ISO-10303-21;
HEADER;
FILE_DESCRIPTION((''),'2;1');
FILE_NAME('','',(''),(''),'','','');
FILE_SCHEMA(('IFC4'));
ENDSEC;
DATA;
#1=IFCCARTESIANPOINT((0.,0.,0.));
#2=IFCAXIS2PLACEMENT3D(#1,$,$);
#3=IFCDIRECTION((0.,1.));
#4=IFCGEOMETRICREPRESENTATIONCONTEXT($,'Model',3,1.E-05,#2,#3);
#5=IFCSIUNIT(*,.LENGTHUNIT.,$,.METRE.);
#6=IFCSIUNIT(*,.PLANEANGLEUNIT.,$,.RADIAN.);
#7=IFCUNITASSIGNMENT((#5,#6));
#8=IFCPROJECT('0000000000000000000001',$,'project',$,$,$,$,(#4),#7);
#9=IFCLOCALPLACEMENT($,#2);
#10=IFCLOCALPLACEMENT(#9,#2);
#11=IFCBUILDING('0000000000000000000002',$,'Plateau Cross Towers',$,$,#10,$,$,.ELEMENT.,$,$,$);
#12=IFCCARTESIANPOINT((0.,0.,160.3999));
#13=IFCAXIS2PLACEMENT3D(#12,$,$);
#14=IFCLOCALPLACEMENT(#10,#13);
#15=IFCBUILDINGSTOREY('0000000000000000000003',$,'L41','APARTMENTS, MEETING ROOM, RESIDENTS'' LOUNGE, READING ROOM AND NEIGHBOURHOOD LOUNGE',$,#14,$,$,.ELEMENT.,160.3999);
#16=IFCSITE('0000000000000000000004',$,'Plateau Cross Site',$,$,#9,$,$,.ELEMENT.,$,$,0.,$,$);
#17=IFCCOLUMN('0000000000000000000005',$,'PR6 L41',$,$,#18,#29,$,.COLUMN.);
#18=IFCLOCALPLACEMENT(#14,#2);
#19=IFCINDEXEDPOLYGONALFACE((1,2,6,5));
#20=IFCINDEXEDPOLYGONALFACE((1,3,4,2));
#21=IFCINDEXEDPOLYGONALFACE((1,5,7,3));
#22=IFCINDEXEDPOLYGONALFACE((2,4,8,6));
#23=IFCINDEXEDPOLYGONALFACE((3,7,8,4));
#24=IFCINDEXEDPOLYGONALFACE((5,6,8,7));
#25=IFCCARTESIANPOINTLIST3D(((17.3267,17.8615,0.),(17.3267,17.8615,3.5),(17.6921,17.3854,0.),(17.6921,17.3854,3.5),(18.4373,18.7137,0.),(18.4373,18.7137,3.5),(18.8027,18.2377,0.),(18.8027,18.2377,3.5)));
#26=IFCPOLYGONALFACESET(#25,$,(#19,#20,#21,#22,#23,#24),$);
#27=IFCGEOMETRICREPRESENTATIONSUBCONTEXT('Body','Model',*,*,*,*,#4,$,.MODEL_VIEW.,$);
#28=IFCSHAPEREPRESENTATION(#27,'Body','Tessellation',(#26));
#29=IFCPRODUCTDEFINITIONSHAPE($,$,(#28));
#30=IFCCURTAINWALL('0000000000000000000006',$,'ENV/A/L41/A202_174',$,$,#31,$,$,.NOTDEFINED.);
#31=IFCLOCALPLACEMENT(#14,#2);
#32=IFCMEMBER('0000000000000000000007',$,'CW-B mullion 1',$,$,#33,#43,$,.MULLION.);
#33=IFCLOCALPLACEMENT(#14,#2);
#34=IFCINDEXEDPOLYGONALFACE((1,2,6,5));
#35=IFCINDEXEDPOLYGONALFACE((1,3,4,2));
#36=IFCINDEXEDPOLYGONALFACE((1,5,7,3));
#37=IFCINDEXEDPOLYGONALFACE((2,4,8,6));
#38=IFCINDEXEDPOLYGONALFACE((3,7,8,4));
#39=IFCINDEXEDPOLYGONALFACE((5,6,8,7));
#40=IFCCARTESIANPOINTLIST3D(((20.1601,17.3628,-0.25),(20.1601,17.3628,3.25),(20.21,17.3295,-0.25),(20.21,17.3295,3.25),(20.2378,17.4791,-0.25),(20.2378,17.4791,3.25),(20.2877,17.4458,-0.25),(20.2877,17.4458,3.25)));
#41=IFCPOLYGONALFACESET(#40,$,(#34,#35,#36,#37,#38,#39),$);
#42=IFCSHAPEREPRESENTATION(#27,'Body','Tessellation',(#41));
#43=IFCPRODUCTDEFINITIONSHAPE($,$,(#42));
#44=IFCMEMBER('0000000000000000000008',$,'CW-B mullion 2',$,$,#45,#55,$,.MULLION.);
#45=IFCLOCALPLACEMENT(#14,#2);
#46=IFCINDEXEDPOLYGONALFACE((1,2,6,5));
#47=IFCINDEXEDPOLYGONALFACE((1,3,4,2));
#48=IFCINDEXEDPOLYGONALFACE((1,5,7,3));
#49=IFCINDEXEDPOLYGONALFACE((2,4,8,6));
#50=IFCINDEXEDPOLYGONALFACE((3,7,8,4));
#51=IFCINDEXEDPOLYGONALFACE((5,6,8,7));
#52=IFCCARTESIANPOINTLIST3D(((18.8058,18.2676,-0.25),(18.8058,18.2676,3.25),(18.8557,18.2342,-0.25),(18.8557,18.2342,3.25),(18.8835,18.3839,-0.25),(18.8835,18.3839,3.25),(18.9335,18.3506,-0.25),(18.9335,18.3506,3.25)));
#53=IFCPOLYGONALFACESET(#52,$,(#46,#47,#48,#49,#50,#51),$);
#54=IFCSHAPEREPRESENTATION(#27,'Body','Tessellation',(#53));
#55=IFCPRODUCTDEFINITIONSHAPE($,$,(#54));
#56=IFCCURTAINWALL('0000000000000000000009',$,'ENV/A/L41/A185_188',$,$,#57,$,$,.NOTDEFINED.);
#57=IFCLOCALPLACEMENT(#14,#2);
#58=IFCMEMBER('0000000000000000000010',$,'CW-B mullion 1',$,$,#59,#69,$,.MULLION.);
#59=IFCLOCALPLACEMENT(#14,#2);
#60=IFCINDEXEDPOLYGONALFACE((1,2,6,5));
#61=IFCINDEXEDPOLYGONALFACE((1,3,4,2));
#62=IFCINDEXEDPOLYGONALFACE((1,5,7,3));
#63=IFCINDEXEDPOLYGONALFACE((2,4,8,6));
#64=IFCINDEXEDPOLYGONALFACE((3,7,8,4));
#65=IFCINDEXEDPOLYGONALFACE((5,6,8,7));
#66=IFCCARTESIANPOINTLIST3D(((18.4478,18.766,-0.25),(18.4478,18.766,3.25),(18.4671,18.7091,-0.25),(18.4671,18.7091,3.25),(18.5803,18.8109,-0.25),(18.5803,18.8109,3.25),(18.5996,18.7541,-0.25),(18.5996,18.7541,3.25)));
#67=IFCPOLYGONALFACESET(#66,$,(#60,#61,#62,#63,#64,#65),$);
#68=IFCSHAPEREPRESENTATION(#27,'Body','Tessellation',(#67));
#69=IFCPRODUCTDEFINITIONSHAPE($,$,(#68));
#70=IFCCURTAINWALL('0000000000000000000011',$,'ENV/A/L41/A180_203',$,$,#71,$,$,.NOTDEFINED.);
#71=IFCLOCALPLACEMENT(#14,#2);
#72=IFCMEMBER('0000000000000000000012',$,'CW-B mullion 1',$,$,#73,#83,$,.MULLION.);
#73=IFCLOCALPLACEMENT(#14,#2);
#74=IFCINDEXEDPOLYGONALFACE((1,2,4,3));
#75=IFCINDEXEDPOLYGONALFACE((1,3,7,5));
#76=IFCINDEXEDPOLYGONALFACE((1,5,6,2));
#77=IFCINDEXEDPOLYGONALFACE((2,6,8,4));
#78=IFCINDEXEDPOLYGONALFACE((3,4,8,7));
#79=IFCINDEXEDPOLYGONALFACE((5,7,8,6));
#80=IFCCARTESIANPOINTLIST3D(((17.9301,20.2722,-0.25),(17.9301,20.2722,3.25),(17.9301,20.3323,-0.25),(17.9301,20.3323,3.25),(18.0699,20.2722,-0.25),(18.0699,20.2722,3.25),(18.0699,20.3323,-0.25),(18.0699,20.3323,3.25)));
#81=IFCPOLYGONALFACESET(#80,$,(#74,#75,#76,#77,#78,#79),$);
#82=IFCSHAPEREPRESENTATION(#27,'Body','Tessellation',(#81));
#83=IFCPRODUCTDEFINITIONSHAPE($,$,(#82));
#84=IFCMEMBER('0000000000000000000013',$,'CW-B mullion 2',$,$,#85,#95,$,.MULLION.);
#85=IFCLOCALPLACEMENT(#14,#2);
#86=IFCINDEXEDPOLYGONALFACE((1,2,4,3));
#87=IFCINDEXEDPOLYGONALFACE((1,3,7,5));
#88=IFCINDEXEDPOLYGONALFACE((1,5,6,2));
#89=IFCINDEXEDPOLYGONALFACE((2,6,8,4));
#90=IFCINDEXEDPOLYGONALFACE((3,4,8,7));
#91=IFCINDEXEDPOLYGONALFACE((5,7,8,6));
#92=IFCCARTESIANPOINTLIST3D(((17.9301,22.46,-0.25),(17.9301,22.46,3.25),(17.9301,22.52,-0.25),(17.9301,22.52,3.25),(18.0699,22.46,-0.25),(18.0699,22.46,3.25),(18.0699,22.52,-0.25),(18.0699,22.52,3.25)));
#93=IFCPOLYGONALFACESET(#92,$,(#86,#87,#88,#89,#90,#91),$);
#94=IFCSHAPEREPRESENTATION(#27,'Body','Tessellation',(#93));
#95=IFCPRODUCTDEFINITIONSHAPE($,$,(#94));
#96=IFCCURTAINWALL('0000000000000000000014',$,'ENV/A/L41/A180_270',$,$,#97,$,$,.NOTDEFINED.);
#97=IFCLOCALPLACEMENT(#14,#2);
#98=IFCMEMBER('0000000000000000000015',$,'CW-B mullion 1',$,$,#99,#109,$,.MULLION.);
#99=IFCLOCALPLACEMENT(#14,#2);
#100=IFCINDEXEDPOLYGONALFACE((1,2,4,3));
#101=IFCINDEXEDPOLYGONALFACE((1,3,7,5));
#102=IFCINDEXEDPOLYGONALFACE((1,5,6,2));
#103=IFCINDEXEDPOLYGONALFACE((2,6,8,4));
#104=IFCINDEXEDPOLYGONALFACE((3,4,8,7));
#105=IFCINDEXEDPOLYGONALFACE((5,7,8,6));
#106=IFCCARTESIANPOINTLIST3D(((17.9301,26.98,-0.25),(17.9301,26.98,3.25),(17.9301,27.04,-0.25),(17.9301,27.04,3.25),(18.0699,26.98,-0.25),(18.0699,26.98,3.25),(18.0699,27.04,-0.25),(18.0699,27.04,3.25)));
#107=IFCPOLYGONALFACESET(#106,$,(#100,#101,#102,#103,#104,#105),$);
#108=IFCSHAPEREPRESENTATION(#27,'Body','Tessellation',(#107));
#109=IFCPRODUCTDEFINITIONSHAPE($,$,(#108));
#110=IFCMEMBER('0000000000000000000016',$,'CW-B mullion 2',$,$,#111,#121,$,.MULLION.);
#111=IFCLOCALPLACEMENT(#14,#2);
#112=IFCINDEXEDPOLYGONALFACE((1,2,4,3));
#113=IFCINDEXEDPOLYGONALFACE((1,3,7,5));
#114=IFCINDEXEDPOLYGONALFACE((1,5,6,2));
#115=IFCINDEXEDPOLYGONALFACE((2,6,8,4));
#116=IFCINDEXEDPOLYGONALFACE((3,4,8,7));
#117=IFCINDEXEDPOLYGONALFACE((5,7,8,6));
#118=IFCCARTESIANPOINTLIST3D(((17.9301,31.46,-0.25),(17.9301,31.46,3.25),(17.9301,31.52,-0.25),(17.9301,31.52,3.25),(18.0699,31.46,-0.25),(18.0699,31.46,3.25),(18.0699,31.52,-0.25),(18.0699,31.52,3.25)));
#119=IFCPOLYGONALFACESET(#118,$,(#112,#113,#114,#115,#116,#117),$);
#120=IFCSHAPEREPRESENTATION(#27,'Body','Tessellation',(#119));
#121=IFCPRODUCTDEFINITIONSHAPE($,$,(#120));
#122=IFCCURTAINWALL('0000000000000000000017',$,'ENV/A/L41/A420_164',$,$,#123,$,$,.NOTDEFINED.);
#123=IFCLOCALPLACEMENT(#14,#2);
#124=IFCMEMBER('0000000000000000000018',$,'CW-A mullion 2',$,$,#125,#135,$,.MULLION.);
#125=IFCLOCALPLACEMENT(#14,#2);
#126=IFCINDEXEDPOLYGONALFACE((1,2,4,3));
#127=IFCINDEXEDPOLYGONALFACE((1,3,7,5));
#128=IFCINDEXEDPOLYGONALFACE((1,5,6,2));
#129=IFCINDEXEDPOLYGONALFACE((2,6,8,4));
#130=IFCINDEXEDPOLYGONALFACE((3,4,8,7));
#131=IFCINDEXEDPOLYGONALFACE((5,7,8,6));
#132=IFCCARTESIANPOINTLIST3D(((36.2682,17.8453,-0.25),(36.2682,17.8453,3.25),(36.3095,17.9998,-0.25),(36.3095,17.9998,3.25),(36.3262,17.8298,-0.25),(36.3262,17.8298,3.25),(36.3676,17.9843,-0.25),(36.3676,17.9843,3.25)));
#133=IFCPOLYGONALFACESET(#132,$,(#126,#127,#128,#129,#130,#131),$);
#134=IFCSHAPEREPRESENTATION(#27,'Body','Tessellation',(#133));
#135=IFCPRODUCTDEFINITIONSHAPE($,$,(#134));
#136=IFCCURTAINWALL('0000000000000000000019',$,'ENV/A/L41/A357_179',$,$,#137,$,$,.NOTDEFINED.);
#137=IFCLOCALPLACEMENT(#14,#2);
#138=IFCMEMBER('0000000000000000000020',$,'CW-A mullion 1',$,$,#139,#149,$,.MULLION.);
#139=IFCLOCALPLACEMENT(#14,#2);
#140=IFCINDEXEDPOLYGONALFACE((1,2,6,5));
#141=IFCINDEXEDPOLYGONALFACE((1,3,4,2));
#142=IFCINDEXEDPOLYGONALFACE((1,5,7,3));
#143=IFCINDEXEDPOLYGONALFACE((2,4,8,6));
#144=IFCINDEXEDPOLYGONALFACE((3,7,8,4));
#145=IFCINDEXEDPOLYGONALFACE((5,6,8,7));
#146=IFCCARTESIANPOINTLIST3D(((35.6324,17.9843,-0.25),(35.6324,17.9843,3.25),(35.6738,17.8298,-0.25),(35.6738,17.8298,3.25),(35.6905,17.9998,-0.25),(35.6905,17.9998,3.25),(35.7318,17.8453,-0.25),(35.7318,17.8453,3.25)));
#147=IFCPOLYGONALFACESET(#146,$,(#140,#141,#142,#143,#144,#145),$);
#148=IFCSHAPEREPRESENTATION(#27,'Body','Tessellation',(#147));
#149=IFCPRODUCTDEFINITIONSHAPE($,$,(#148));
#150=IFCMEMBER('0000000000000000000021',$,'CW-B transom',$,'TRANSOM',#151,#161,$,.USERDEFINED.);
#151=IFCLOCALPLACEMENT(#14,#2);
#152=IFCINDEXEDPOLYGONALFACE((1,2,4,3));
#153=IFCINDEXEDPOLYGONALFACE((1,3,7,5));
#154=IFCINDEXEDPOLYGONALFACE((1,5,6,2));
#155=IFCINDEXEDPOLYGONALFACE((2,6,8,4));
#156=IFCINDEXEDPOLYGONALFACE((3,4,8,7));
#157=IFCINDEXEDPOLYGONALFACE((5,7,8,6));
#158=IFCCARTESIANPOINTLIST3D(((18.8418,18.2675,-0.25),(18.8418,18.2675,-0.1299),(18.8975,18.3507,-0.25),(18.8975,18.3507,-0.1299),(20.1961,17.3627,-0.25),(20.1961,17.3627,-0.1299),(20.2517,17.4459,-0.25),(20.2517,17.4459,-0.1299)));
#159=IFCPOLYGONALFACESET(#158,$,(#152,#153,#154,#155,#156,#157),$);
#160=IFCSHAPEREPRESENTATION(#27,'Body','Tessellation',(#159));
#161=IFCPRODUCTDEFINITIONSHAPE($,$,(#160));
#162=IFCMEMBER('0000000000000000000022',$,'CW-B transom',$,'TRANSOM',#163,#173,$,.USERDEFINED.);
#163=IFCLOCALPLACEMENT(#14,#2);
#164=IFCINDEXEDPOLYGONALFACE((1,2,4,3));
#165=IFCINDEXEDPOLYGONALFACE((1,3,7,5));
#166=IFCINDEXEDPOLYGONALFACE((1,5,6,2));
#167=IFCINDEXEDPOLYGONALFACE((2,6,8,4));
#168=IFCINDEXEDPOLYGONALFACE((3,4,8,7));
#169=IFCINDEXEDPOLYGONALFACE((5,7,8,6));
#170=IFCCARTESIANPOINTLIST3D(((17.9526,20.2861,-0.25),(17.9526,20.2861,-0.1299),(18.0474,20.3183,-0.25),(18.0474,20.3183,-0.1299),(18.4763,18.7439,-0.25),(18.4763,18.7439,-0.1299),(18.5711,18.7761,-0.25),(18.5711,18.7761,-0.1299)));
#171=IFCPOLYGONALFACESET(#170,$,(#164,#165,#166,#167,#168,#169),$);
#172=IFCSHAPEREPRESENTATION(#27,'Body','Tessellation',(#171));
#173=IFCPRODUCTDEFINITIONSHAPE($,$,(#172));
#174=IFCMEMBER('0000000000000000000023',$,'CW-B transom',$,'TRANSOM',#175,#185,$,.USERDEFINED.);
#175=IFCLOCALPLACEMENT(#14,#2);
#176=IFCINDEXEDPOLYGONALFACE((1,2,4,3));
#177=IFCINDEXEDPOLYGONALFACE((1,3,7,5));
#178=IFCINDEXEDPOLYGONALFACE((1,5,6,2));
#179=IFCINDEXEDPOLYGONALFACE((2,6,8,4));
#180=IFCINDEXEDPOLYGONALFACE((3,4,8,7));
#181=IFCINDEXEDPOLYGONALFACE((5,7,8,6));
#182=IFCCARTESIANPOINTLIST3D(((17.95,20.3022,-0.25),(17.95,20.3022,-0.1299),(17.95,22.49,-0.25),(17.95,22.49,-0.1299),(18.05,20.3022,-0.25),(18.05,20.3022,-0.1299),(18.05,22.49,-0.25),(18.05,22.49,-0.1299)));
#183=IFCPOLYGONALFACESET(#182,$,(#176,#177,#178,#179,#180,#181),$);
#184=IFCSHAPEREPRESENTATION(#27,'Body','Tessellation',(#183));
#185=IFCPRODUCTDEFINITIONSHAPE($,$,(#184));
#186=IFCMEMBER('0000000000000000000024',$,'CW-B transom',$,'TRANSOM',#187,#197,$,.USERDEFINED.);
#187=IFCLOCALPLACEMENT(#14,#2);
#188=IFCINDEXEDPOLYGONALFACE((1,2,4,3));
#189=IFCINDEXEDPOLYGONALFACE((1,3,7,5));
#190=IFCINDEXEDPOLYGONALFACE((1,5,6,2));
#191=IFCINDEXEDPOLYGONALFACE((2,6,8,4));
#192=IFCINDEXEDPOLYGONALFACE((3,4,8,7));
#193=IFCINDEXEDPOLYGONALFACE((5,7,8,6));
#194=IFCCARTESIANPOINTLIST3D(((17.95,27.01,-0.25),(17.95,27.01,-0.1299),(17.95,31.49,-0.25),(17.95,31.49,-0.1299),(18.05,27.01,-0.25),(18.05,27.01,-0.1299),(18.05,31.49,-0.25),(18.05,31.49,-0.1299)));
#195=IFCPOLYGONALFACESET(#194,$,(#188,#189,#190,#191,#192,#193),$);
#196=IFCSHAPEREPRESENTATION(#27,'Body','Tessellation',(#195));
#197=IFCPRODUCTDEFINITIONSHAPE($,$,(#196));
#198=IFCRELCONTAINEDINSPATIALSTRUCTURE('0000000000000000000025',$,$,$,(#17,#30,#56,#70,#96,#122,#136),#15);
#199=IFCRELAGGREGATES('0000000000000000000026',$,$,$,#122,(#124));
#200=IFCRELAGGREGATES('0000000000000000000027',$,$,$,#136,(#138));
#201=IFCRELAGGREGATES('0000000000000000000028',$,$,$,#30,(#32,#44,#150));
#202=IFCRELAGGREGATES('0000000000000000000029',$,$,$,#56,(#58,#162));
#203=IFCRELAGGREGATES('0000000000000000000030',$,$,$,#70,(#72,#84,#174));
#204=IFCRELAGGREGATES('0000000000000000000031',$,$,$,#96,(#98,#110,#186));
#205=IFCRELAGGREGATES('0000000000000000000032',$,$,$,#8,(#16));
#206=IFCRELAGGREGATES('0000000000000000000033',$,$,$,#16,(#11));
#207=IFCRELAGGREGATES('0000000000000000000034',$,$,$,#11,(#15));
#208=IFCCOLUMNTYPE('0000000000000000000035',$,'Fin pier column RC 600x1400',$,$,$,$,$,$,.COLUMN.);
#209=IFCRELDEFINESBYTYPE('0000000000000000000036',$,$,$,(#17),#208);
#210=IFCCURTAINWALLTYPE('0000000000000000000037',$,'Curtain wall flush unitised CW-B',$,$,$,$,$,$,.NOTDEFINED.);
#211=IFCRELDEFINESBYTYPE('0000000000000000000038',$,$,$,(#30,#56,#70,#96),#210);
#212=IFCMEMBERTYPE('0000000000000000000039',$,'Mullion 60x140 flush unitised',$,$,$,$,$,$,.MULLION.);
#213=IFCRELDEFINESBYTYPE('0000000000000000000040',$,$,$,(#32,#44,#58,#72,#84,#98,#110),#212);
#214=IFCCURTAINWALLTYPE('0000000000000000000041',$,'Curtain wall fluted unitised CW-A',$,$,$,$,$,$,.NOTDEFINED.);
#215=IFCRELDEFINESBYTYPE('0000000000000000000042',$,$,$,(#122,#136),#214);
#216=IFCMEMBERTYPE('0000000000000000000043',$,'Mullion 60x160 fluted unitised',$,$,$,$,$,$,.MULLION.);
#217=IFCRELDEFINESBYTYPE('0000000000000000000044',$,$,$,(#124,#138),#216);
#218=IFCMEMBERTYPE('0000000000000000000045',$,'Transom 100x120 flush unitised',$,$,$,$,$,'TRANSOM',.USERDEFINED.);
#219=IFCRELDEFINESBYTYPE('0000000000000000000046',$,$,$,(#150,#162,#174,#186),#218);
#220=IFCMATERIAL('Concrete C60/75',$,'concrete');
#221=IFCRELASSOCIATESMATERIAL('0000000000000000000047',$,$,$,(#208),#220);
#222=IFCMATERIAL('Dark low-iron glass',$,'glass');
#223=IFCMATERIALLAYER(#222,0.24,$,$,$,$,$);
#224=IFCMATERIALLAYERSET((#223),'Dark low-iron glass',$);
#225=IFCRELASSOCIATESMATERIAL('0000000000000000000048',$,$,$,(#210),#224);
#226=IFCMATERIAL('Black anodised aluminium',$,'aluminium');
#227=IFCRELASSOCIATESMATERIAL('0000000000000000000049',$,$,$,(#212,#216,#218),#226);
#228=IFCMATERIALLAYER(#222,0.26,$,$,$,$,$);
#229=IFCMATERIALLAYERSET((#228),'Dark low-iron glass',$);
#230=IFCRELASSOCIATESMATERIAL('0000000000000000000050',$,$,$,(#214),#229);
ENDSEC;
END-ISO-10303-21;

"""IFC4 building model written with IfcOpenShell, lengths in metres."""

from ifc_helpers import new_model, si_unit, direction, frame, origin, origin_2d, place, context, subcontext, project, spatial, rectangle, extrude, material, layer, layer_set, material_profile, profile_set, type_object, element, aggregate, save


model = new_model("IFC4")

# Units and contexts
model_context = context("Model", 3, precision=1e-05, world=origin(), true_north=direction((0.0, 1.0)))
body_context = subcontext(model_context, "Body", "Model", "MODEL_VIEW")
ifc_project = project(units=[si_unit("LENGTHUNIT", "METRE"), si_unit("PLANEANGLEUNIT", "RADIAN")], contexts=[model_context])

# Site, building, storey
site_placement = place(None, origin())
site = spatial("IfcSite", under=ifc_project, at=site_placement, Name="Plateau Cross Site", CompositionType="ELEMENT", RefElevation=0.0)
building_placement = place(site_placement, origin())
building = spatial("IfcBuilding", under=site, at=building_placement, Name="Plateau Cross Towers", CompositionType="ELEMENT")
storey_placement = place(building_placement, frame((0.0, 0.0, 160.3999)))
storey = spatial("IfcBuildingStorey", under=building, at=storey_placement, Name="L41", Description="APARTMENTS, MEETING ROOM, RESIDENTS' LOUNGE, READING ROOM AND NEIGHBOURHOOD LOUNGE", CompositionType="ELEMENT", Elevation=160.3999)

# Column
ifc_material_1 = material(Name="Concrete C60/75", Category="concrete")
ifc_material_profile_1 = material_profile(ifc_material_1, rectangle(XDim=0.6001, YDim=1.3999, at=origin_2d()), Name="RC 600x1400")
ifc_profile_set_1 = profile_set([ifc_material_profile_1], Name="Concrete C60/75")
column_type = type_object("IfcColumnType", Name="Fin pier column RC 600x1400", PredefinedType="COLUMN", material=ifc_profile_set_1)
column_placement = place(storey_placement, frame((18.0647, 18.0496, 0.0), z_axis=(0.0, 0.0, 1.0), x_axis=(-0.608811, 0.793315, 0.0)))
element("IfcColumn", 1, at=column_placement, inside=storey, type_object=column_type, Name="PR6 L41", PredefinedType="COLUMN", context=body_context, shape_type="SweptSolid", body=[
    extrude(rectangle(XDim=0.6001, YDim=1.3999, at=origin_2d()), origin(), (0.0, 0.0, 1.0), 3.5),
])

# Curtain wall, members
ifc_material_2 = material(Name="Dark low-iron glass", Category="glass")
ifc_layer_1 = layer(ifc_material_2, 0.24)
ifc_layer_set_1 = layer_set([ifc_layer_1], Name="Dark low-iron glass")
curtain_wall_type_1 = type_object("IfcCurtainWallType", Name="Curtain wall flush unitised CW-B", PredefinedType="NOTDEFINED", material=ifc_layer_set_1)
curtain_wall_1_placement = place(storey_placement, origin())
curtain_wall_1 = element("IfcCurtainWall", 2, at=curtain_wall_1_placement, inside=storey, type_object=curtain_wall_type_1, Name="ENV/A/L41/A202_174", PredefinedType="NOTDEFINED")
ifc_material_3 = material(Name="Black anodised aluminium", Category="aluminium")
ifc_material_profile_2 = material_profile(ifc_material_3, rectangle(XDim=0.0601, YDim=0.1399, at=origin_2d()), Name="MULLION 60x140")
ifc_profile_set_2 = profile_set([ifc_material_profile_2], Name="Black anodised aluminium")
member_type_1 = type_object("IfcMemberType", Name="Mullion 60x140 flush unitised", PredefinedType="MULLION", material=ifc_profile_set_2)
member_1_placement = place(storey_placement, frame((20.2239, 17.4043, -0.25), z_axis=(0.0, 0.0, 1.0), x_axis=(-0.831521, 0.555493, 0.0)))
member_1 = element("IfcMember", 3, at=member_1_placement, type_object=member_type_1, Name="CW-B mullion 1", PredefinedType="MULLION", context=body_context, shape_type="SweptSolid", body=[
    extrude(rectangle(XDim=0.0601, YDim=0.1399, at=origin_2d()), origin(), (0.0, 0.0, 1.0), 3.5),
])
member_2_placement = place(storey_placement, frame((18.8696, 18.3091, -0.25), z_axis=(0.0, 0.0, 1.0), x_axis=(-0.831521, 0.555493, 0.0)))
member_2 = element("IfcMember", 4, at=member_2_placement, type_object=member_type_1, Name="CW-B mullion 2", PredefinedType="MULLION", context=body_context, shape_type="SweptSolid", body=[
    extrude(rectangle(XDim=0.0601, YDim=0.1399, at=origin_2d()), origin(), (0.0, 0.0, 1.0), 3.5),
])

# Curtain wall, member
curtain_wall_2_placement = place(storey_placement, origin())
curtain_wall_2 = element("IfcCurtainWall", 5, at=curtain_wall_2_placement, inside=storey, type_object=curtain_wall_type_1, Name="ENV/A/L41/A185_188", PredefinedType="NOTDEFINED")
member_3_placement = place(storey_placement, frame((18.5237, 18.76, -0.25), z_axis=(0.0, 0.0, 1.0), x_axis=(-0.321469, 0.94692, 0.0)))
member_3 = element("IfcMember", 6, at=member_3_placement, type_object=member_type_1, Name="CW-B mullion 1", PredefinedType="MULLION", context=body_context, shape_type="SweptSolid", body=[
    extrude(rectangle(XDim=0.0601, YDim=0.1399, at=origin_2d()), origin(), (0.0, 0.0, 1.0), 3.5),
])

# Curtain walls, members
curtain_wall_3_placement = place(storey_placement, origin())
curtain_wall_3 = element("IfcCurtainWall", 7, at=curtain_wall_3_placement, inside=storey, type_object=curtain_wall_type_1, Name="ENV/A/L41/A180_203", PredefinedType="NOTDEFINED")
member_4_placement = place(storey_placement, frame((18.0, 20.3022, -0.25), z_axis=(0.0, 0.0, 1.0), x_axis=(0.0, 1.0, 0.0)))
member_4 = element("IfcMember", 8, at=member_4_placement, type_object=member_type_1, Name="CW-B mullion 1", PredefinedType="MULLION", context=body_context, shape_type="SweptSolid", body=[
    extrude(rectangle(XDim=0.0601, YDim=0.1399, at=origin_2d()), origin(), (0.0, 0.0, 1.0), 3.5),
])
member_5_placement = place(storey_placement, frame((18.0, 22.49, -0.25), z_axis=(0.0, 0.0, 1.0), x_axis=(0.0, 1.0, 0.0)))
member_5 = element("IfcMember", 9, at=member_5_placement, type_object=member_type_1, Name="CW-B mullion 2", PredefinedType="MULLION", context=body_context, shape_type="SweptSolid", body=[
    extrude(rectangle(XDim=0.0601, YDim=0.1399, at=origin_2d()), origin(), (0.0, 0.0, 1.0), 3.5),
])
curtain_wall_4_placement = place(storey_placement, origin())
curtain_wall_4 = element("IfcCurtainWall", 10, at=curtain_wall_4_placement, inside=storey, type_object=curtain_wall_type_1, Name="ENV/A/L41/A180_270", PredefinedType="NOTDEFINED")
member_6_placement = place(storey_placement, frame((18.0, 27.01, -0.25), z_axis=(0.0, 0.0, 1.0), x_axis=(0.0, 1.0, 0.0)))
member_6 = element("IfcMember", 11, at=member_6_placement, type_object=member_type_1, Name="CW-B mullion 1", PredefinedType="MULLION", context=body_context, shape_type="SweptSolid", body=[
    extrude(rectangle(XDim=0.0601, YDim=0.1399, at=origin_2d()), origin(), (0.0, 0.0, 1.0), 3.5),
])
member_7_placement = place(storey_placement, frame((18.0, 31.49, -0.25), z_axis=(0.0, 0.0, 1.0), x_axis=(0.0, 1.0, 0.0)))
member_7 = element("IfcMember", 12, at=member_7_placement, type_object=member_type_1, Name="CW-B mullion 2", PredefinedType="MULLION", context=body_context, shape_type="SweptSolid", body=[
    extrude(rectangle(XDim=0.0601, YDim=0.1399, at=origin_2d()), origin(), (0.0, 0.0, 1.0), 3.5),
])

# Curtain walls, members
ifc_layer_2 = layer(ifc_material_2, 0.26)
ifc_layer_set_2 = layer_set([ifc_layer_2], Name="Dark low-iron glass")
curtain_wall_type_2 = type_object("IfcCurtainWallType", Name="Curtain wall fluted unitised CW-A", PredefinedType="NOTDEFINED", material=ifc_layer_set_2)
curtain_wall_5_placement = place(storey_placement, origin())
curtain_wall_5 = element("IfcCurtainWall", 13, at=curtain_wall_5_placement, inside=storey, type_object=curtain_wall_type_2, Name="ENV/A/L41/A420_164", PredefinedType="NOTDEFINED")
ifc_material_profile_3 = material_profile(ifc_material_3, rectangle(XDim=0.0601, YDim=0.1599, at=origin_2d()), Name="MULLION 60x160")
ifc_profile_set_3 = profile_set([ifc_material_profile_3], Name="Black anodised aluminium")
member_type_2 = type_object("IfcMemberType", Name="Mullion 60x160 fluted unitised", PredefinedType="MULLION", material=ifc_profile_set_3)
member_8_placement = place(storey_placement, frame((36.3179, 17.9148, -0.25), z_axis=(0.0, 0.0, 1.0), x_axis=(-0.965958, 0.258699, 0.0)))
member_8 = element("IfcMember", 14, at=member_8_placement, type_object=member_type_2, Name="CW-A mullion 2", PredefinedType="MULLION", context=body_context, shape_type="SweptSolid", body=[
    extrude(rectangle(XDim=0.0601, YDim=0.1599, at=origin_2d()), origin(), (0.0, 0.0, 1.0), 3.5),
])
aggregate(curtain_wall_5, [member_8])
curtain_wall_6_placement = place(storey_placement, origin())
curtain_wall_6 = element("IfcCurtainWall", 15, at=curtain_wall_6_placement, inside=storey, type_object=curtain_wall_type_2, Name="ENV/A/L41/A357_179", PredefinedType="NOTDEFINED")
member_9_placement = place(storey_placement, frame((35.6821, 17.9148, -0.25), z_axis=(0.0, 0.0, 1.0), x_axis=(-0.965958, -0.258699, 0.0)))
member_9 = element("IfcMember", 16, at=member_9_placement, type_object=member_type_2, Name="CW-A mullion 1", PredefinedType="MULLION", context=body_context, shape_type="SweptSolid", body=[
    extrude(rectangle(XDim=0.0601, YDim=0.1599, at=origin_2d()), origin(), (0.0, 0.0, 1.0), 3.5),
])

# Members
ifc_material_profile_4 = material_profile(ifc_material_3, rectangle(XDim=0.1001, YDim=0.1201, at=origin_2d()), Name="TRANSOM 100x120")
ifc_profile_set_4 = profile_set([ifc_material_profile_4], Name="Black anodised aluminium")
member_type_3 = type_object("IfcMemberType", Name="Transom 100x120 flush unitised", ElementType="TRANSOM", PredefinedType="USERDEFINED", material=ifc_profile_set_4)
member_10_placement = place(storey_placement, frame((20.2239, 17.4043, -0.1899), z_axis=(-0.831496, 0.55553, 0.0), x_axis=(-0.55553, -0.831496, 0.0)))
member_10 = element("IfcMember", 17, at=member_10_placement, type_object=member_type_3, Name="CW-B transom", ObjectType="TRANSOM", PredefinedType="USERDEFINED", context=body_context, shape_type="SweptSolid", body=[
    extrude(rectangle(XDim=0.1001, YDim=0.1201, at=origin_2d()), origin(), (0.0, 0.0, 1.0), 1.6287),
])
member_11_placement = place(storey_placement, frame((18.5237, 18.76, -0.1899), z_axis=(-0.321529, 0.9469, 0.0), x_axis=(-0.9469, -0.321529, 0.0)))
member_11 = element("IfcMember", 18, at=member_11_placement, type_object=member_type_3, Name="CW-B transom", ObjectType="TRANSOM", PredefinedType="USERDEFINED", context=body_context, shape_type="SweptSolid", body=[
    extrude(rectangle(XDim=0.1001, YDim=0.1201, at=origin_2d()), origin(), (0.0, 0.0, 1.0), 1.6287),
])
member_12_placement = place(storey_placement, frame((18.0, 20.3022, -0.1899), z_axis=(0.0, 1.0, 0.0), x_axis=(-1.0, 0.0, 0.0)))
member_12 = element("IfcMember", 19, at=member_12_placement, type_object=member_type_3, Name="CW-B transom", ObjectType="TRANSOM", PredefinedType="USERDEFINED", context=body_context, shape_type="SweptSolid", body=[
    extrude(rectangle(XDim=0.1001, YDim=0.1201, at=origin_2d()), origin(), (0.0, 0.0, 1.0), 2.1877),
])
member_13_placement = place(storey_placement, frame((18.0, 27.01, -0.1899), z_axis=(0.0, 1.0, 0.0), x_axis=(-1.0, 0.0, 0.0)))
member_13 = element("IfcMember", 20, at=member_13_placement, type_object=member_type_3, Name="CW-B transom", ObjectType="TRANSOM", PredefinedType="USERDEFINED", context=body_context, shape_type="SweptSolid", body=[
    extrude(rectangle(XDim=0.1001, YDim=0.1201, at=origin_2d()), origin(), (0.0, 0.0, 1.0), 4.48),
])
aggregate(curtain_wall_6, [member_9])

aggregate(curtain_wall_1, [member_1, member_2, member_10])
aggregate(curtain_wall_2, [member_3, member_11])
aggregate(curtain_wall_3, [member_4, member_5, member_12])
aggregate(curtain_wall_4, [member_6, member_7, member_13])

save(model, "model.ifc")
